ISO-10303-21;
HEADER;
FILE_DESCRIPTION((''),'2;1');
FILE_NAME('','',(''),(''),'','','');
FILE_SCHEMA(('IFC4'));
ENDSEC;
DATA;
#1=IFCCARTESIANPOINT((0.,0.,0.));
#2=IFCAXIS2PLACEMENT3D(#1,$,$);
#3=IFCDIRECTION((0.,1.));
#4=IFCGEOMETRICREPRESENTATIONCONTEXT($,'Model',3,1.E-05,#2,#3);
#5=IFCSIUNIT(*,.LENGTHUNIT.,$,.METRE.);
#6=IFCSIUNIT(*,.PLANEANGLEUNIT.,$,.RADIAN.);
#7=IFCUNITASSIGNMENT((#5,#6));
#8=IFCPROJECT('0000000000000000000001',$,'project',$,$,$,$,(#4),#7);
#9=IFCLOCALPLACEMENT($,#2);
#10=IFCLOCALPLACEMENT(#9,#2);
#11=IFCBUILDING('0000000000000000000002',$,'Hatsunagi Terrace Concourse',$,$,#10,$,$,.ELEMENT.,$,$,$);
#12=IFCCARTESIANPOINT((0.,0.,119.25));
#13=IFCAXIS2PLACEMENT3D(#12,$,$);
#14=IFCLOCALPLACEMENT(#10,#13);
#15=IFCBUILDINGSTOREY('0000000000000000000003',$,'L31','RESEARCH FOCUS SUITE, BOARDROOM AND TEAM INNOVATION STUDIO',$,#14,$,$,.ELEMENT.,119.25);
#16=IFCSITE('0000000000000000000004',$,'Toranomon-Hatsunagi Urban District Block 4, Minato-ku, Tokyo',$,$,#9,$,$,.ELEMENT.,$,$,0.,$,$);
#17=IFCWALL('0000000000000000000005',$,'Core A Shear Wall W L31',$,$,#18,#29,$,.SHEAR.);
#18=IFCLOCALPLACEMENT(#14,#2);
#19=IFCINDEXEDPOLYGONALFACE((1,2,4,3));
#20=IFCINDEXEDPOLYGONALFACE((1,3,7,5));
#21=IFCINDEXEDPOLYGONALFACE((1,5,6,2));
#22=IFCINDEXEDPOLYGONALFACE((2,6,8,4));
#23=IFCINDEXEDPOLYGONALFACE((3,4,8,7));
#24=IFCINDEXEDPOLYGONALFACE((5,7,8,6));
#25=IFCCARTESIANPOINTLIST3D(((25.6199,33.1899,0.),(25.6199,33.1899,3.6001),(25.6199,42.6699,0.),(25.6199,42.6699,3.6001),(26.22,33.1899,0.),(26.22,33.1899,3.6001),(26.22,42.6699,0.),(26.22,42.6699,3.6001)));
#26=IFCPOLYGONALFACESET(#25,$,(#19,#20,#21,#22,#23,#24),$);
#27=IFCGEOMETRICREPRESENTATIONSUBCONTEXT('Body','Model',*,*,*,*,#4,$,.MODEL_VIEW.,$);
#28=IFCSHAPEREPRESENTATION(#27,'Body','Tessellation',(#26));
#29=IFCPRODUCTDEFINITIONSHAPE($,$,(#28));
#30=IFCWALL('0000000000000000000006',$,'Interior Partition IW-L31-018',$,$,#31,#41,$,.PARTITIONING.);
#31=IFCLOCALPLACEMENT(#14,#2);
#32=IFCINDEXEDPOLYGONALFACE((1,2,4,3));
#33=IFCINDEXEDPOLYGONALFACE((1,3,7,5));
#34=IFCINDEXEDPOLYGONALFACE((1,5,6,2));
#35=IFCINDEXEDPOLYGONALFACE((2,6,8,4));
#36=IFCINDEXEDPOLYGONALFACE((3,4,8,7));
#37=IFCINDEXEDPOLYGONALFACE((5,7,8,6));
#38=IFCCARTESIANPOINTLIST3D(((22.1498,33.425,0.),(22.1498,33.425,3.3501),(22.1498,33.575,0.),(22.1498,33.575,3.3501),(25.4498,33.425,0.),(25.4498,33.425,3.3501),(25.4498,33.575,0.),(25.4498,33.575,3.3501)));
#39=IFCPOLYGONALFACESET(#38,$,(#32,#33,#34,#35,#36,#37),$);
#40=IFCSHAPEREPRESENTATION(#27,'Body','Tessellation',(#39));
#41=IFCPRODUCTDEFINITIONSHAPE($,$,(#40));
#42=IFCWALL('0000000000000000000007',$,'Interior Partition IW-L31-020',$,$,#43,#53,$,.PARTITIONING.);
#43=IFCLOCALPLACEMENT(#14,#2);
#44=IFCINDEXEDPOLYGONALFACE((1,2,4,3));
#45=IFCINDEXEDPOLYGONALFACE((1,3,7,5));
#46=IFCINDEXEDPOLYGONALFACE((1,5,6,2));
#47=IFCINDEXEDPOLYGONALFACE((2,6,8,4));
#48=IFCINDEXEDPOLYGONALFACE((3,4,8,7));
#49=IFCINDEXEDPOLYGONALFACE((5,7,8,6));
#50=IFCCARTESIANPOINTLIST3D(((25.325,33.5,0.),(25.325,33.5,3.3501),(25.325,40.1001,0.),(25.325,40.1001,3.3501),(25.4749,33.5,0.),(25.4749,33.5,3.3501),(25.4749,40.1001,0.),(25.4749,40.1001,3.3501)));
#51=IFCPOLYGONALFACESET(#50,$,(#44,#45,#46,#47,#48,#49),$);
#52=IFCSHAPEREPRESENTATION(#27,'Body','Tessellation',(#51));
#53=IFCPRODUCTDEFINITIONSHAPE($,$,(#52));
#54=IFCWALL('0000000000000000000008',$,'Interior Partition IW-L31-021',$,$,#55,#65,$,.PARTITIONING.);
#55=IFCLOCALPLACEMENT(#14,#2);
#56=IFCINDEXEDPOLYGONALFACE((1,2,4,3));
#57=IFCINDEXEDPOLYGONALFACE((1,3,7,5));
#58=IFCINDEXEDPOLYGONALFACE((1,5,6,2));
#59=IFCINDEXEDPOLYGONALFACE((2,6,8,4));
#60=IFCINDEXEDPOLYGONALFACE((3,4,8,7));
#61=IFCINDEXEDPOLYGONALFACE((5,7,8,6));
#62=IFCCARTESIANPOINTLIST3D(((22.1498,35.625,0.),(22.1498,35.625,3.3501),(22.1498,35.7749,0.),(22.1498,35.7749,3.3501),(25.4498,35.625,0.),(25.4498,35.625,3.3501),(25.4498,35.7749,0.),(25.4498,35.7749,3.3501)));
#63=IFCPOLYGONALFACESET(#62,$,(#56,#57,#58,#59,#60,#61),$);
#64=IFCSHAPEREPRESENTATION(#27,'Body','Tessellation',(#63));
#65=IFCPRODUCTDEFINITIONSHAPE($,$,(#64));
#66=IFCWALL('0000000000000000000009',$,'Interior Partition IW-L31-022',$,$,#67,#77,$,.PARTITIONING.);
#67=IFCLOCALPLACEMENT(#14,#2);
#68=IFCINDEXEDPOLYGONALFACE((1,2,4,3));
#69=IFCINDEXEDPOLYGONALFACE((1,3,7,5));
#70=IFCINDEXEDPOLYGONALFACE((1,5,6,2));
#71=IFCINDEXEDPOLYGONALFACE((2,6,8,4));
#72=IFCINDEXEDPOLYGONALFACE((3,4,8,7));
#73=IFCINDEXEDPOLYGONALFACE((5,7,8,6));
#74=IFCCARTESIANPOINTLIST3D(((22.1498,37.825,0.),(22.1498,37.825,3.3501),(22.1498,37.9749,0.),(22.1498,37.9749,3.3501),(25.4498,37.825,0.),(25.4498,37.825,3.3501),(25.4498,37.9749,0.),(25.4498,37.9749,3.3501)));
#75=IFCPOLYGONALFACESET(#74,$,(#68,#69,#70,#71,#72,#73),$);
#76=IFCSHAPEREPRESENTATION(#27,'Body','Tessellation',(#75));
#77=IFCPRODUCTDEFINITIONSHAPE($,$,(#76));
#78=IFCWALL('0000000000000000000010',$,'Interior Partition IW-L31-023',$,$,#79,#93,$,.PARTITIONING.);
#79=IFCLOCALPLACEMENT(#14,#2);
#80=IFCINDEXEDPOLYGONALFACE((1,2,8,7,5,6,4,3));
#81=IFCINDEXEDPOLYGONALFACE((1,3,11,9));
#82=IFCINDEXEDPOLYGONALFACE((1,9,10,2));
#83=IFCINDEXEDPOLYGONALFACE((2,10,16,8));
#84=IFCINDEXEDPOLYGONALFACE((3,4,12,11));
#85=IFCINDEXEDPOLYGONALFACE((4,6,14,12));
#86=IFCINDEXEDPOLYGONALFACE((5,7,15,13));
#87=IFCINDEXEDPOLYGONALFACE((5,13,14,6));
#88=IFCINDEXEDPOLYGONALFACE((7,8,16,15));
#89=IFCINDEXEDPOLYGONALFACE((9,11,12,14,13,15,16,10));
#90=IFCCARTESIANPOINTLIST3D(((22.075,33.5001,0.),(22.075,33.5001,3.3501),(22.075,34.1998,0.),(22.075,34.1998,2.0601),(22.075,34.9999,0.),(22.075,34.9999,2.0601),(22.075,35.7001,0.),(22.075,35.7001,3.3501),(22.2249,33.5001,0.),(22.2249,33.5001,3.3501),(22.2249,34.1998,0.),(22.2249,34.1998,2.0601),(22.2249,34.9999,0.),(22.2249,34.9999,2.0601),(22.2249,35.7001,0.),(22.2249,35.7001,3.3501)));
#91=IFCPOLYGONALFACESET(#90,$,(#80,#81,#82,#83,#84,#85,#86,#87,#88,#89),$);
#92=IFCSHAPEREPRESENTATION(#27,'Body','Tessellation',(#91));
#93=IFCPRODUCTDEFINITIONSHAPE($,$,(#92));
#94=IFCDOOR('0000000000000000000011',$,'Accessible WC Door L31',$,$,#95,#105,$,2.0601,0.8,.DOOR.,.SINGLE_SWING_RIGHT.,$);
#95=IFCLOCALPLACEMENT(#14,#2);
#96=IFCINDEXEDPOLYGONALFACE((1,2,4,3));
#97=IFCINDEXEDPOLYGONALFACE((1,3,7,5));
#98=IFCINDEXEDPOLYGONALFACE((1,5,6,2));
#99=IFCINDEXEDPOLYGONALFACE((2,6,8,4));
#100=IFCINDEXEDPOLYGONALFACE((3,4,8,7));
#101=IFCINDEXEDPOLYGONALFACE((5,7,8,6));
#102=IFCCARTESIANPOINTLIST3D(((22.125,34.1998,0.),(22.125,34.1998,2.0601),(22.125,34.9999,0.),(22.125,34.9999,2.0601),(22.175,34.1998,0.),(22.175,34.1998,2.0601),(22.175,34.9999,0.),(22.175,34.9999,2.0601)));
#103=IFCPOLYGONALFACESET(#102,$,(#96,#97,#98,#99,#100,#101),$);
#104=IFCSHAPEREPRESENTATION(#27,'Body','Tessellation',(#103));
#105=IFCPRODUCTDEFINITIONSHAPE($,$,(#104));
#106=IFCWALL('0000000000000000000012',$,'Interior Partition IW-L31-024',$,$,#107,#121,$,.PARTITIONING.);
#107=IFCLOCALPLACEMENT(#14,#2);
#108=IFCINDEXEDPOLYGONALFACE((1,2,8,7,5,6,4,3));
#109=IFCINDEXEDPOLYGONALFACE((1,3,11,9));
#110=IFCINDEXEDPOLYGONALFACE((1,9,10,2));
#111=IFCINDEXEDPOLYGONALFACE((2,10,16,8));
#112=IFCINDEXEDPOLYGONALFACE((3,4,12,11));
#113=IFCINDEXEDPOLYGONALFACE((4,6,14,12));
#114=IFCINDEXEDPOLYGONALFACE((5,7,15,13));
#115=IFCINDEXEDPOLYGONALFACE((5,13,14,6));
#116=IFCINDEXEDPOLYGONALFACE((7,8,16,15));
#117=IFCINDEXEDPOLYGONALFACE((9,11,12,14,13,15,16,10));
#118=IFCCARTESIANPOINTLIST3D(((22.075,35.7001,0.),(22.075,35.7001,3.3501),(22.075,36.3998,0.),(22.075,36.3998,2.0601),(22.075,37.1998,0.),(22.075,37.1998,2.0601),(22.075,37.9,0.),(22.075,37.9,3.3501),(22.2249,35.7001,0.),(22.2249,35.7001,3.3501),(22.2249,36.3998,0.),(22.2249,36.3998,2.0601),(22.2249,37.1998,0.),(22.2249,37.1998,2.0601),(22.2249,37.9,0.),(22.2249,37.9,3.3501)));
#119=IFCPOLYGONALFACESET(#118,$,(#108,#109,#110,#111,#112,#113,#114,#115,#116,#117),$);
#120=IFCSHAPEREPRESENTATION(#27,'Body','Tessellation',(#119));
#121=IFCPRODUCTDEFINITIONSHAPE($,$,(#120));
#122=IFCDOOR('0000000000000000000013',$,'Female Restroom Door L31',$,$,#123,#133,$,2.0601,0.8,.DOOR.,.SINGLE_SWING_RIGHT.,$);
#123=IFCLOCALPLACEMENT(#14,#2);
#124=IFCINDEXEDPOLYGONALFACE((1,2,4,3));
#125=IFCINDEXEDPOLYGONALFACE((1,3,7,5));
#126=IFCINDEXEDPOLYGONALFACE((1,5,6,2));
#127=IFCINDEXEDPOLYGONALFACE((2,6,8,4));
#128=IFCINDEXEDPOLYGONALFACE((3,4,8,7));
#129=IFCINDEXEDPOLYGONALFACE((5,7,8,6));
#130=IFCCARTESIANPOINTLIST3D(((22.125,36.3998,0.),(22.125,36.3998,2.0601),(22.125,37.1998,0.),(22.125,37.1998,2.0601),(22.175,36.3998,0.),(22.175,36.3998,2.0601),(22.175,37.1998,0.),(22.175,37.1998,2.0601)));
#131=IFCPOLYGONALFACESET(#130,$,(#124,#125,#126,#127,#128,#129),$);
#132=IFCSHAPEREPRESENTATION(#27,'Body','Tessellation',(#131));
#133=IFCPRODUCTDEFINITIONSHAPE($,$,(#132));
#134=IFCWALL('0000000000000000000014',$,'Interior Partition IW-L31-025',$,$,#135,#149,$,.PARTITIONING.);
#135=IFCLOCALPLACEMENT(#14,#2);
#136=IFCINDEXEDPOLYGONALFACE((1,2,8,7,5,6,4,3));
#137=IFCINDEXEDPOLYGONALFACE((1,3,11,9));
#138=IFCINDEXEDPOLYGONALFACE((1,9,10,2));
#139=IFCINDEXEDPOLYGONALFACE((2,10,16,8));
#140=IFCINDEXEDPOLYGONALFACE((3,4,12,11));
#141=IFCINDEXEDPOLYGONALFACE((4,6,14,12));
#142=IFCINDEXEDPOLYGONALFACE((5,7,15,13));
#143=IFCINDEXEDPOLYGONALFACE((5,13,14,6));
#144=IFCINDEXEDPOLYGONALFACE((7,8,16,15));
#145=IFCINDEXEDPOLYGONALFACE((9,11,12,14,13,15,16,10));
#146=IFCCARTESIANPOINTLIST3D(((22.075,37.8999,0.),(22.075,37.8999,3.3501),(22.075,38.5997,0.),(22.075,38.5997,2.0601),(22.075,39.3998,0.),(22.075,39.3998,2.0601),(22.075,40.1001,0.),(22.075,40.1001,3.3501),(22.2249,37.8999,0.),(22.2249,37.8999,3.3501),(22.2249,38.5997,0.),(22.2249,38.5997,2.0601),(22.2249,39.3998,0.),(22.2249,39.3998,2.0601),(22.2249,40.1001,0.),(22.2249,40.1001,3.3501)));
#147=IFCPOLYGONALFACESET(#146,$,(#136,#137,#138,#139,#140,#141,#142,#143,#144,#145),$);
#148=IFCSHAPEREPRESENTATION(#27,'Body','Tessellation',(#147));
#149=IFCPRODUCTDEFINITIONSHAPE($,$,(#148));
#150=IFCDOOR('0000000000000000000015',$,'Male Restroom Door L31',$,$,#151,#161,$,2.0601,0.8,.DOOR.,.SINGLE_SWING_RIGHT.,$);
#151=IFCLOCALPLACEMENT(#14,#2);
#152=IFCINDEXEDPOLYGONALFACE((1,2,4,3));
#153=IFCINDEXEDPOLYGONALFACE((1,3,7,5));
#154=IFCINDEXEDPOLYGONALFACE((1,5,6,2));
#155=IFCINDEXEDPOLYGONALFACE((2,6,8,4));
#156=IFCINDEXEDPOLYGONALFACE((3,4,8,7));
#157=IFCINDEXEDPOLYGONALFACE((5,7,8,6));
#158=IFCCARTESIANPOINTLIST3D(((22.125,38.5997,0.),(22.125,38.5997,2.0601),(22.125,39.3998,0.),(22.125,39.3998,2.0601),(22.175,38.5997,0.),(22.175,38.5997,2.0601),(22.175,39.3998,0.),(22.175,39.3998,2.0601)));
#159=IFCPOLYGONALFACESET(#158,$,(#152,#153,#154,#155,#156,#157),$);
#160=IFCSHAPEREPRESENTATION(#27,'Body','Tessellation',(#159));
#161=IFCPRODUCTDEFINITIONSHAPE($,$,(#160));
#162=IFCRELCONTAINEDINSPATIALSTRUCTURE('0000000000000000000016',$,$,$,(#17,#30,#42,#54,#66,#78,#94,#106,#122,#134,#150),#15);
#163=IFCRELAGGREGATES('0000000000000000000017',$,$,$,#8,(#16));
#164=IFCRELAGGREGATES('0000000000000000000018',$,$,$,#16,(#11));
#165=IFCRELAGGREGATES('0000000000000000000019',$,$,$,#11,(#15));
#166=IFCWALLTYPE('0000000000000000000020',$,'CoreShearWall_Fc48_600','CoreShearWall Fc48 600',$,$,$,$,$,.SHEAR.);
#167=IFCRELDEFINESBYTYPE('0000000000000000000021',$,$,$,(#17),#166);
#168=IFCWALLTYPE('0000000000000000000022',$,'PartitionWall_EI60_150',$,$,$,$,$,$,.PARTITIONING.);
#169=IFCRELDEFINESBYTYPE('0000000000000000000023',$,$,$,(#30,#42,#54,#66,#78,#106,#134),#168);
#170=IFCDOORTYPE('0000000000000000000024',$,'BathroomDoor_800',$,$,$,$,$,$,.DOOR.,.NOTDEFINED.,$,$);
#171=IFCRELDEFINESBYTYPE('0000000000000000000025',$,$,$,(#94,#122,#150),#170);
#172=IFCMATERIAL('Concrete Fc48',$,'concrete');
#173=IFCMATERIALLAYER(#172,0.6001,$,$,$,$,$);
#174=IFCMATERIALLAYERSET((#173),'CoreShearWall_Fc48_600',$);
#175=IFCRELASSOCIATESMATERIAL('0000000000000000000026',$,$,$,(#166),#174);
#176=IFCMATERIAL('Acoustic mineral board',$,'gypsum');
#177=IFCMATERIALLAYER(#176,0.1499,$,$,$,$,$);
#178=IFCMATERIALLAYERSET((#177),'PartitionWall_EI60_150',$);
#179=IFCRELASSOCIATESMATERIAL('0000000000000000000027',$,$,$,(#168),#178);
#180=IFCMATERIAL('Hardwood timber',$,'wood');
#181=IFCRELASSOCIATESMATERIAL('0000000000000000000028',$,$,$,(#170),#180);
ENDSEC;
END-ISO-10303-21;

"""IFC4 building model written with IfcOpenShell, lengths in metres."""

from ifc_helpers import new_model, si_unit, direction, frame, frame_2d, origin, place, context, subcontext, project, spatial, rectangle, extrude, material, layer, layer_set, type_object, element, fill, save


model = new_model("IFC4")

# Units and contexts
model_context = context("Model", 3, precision=1e-05, world=origin(), true_north=direction((0.0, 1.0)))
body_context = subcontext(model_context, "Body", "Model", "MODEL_VIEW")
ifc_project = project(units=[si_unit("LENGTHUNIT", "METRE"), si_unit("PLANEANGLEUNIT", "RADIAN")], contexts=[model_context])

# Site, building, storey
site_placement = place(None, origin())
site = spatial("IfcSite", under=ifc_project, at=site_placement, Name="Toranomon-Hatsunagi Urban District Block 4, Minato-ku, Tokyo", CompositionType="ELEMENT", RefElevation=0.0)
building_placement = place(site_placement, origin())
building = spatial("IfcBuilding", under=site, at=building_placement, Name="Hatsunagi Terrace Concourse", CompositionType="ELEMENT")
storey_placement = place(building_placement, frame((0.0, 0.0, 119.25)))
storey = spatial("IfcBuildingStorey", under=building, at=storey_placement, Name="L31", Description="RESEARCH FOCUS SUITE, BOARDROOM AND TEAM INNOVATION STUDIO", CompositionType="ELEMENT", Elevation=119.25)

# Walls
ifc_material_1 = material(Name="Concrete Fc48", Category="concrete")
ifc_layer_1 = layer(ifc_material_1, 0.6001)
ifc_layer_set_1 = layer_set([ifc_layer_1], Name="CoreShearWall_Fc48_600")
wall_type_1 = type_object("IfcWallType", Name="CoreShearWall_Fc48_600", Description="CoreShearWall Fc48 600", PredefinedType="SHEAR", material=ifc_layer_set_1)
wall_1_placement = place(storey_placement, frame((25.9199, 33.1899, 0.0), z_axis=(0.0, 0.0, 1.0), x_axis=(0.0, 1.0, 0.0)))
element("IfcWall", 1, at=wall_1_placement, inside=storey, type_object=wall_type_1, Name="Core A Shear Wall W L31", PredefinedType="SHEAR", context=body_context, shape_type="SweptSolid", body=[
    extrude(rectangle(XDim=9.48, YDim=0.6001, at=frame_2d((4.74, 0.0))), origin(), (0.0, 0.0, 1.0), 3.6001),
])
ifc_material_2 = material(Name="Acoustic mineral board", Category="gypsum")
ifc_layer_2 = layer(ifc_material_2, 0.1499)
ifc_layer_set_2 = layer_set([ifc_layer_2], Name="PartitionWall_EI60_150")
wall_type_2 = type_object("IfcWallType", Name="PartitionWall_EI60_150", PredefinedType="PARTITIONING", material=ifc_layer_set_2)
wall_2_placement = place(storey_placement, frame((22.1499, 33.5, 0.0), z_axis=(0.0, 0.0, 1.0), x_axis=(1.0, 0.0, 0.0)))
element("IfcWall", 2, at=wall_2_placement, inside=storey, type_object=wall_type_2, Name="Interior Partition IW-L31-018", PredefinedType="PARTITIONING", context=body_context, shape_type="SweptSolid", body=[
    extrude(rectangle(XDim=3.3, YDim=0.1499, at=frame_2d((1.6499, 0.0))), origin(), (0.0, 0.0, 1.0), 3.3501),
])
wall_3_placement = place(storey_placement, frame((25.3999, 33.5, 0.0), z_axis=(0.0, 0.0, 1.0), x_axis=(0.0, 1.0, 0.0)))
element("IfcWall", 3, at=wall_3_placement, inside=storey, type_object=wall_type_2, Name="Interior Partition IW-L31-020", PredefinedType="PARTITIONING", context=body_context, shape_type="SweptSolid", body=[
    extrude(rectangle(XDim=6.6001, YDim=0.1499, at=frame_2d((3.3, 0.0))), origin(), (0.0, 0.0, 1.0), 3.3501),
])
for number, where, z_axis, x_axis, name in (
    (4, (22.1499, 35.7, 0.0), (0.0, 0.0, 1.0), (1.0, 0.0, 0.0), "Interior Partition IW-L31-021"),
    (5, (22.1499, 37.8999, 0.0), (0.0, 0.0, 1.0), (1.0, 0.0, 0.0), "Interior Partition IW-L31-022"),
):
    element("IfcWall", number, at=place(storey_placement, frame(where, z_axis=z_axis, x_axis=x_axis)), inside=storey, type_object=wall_type_2, Name=name, PredefinedType="PARTITIONING", context=body_context, shape_type="SweptSolid", body=[
        extrude(rectangle(XDim=3.3, YDim=0.1499, at=frame_2d((1.6499, 0.0))), origin(), (0.0, 0.0, 1.0), 3.3501),
    ])

# Walls, openings, doors
wall_4_placement = place(storey_placement, frame((22.1499, 33.5, 0.0), z_axis=(0.0, 0.0, 1.0), x_axis=(0.0, 1.0, 0.0)))
wall_4 = element("IfcWall", 6, at=wall_4_placement, inside=storey, type_object=wall_type_2, Name="Interior Partition IW-L31-023", PredefinedType="PARTITIONING", context=body_context, shape_type="SweptSolid", body=[
    extrude(rectangle(XDim=2.2, YDim=0.1499, at=frame_2d((1.1001, 0.0))), origin(), (0.0, 0.0, 1.0), 3.3501),
])
opening_1_placement = place(wall_4_placement, frame((0.7, 0.0, 0.0)))
opening_1 = element("IfcOpeningElement", 7, at=opening_1_placement, cuts=wall_4, PredefinedType="OPENING", context=body_context, shape_type="SweptSolid", body=[
    extrude(rectangle(XDim=0.8, YDim=2.0601, at=frame_2d((0.3999, 1.03))), frame((0.0, 0.085, 0.0), z_axis=(0.0, -1.0, 0.0), x_axis=(1.0, 0.0, 0.0)), (0.0, 0.0, 1.0), 0.1699),
])
ifc_material_3 = material(Name="Hardwood timber", Category="wood")
door_type = type_object("IfcDoorType", Name="BathroomDoor_800", OperationType="NOTDEFINED", PredefinedType="DOOR", material=ifc_material_3)
door_1_placement = place(opening_1_placement, origin())
door_1 = element("IfcDoor", 8, at=door_1_placement, inside=storey, type_object=door_type, Name="Accessible WC Door L31", OperationType="SINGLE_SWING_RIGHT", OverallHeight=2.0601, OverallWidth=0.8, PredefinedType="DOOR", context=body_context, shape_type="SweptSolid", body=[
    extrude(rectangle(XDim=0.8, YDim=2.0601, at=frame_2d((0.3999, 1.03))), frame((0.0, 0.0249, 0.0), z_axis=(0.0, -1.0, 0.0), x_axis=(1.0, 0.0, 0.0)), (0.0, 0.0, 1.0), 0.05),
])
fill(opening_1, door_1)
wall_5_placement = place(storey_placement, frame((22.1499, 35.7, 0.0), z_axis=(0.0, 0.0, 1.0), x_axis=(0.0, 1.0, 0.0)))
wall_5 = element("IfcWall", 9, at=wall_5_placement, inside=storey, type_object=wall_type_2, Name="Interior Partition IW-L31-024", PredefinedType="PARTITIONING", context=body_context, shape_type="SweptSolid", body=[
    extrude(rectangle(XDim=2.2, YDim=0.1499, at=frame_2d((1.1001, 0.0))), origin(), (0.0, 0.0, 1.0), 3.3501),
])
opening_2_placement = place(wall_5_placement, frame((0.7, 0.0, 0.0)))
opening_2 = element("IfcOpeningElement", 10, at=opening_2_placement, cuts=wall_5, PredefinedType="OPENING", context=body_context, shape_type="SweptSolid", body=[
    extrude(rectangle(XDim=0.8, YDim=2.0601, at=frame_2d((0.3999, 1.03))), frame((0.0, 0.085, 0.0), z_axis=(0.0, -1.0, 0.0), x_axis=(1.0, 0.0, 0.0)), (0.0, 0.0, 1.0), 0.1699),
])
door_2_placement = place(opening_2_placement, origin())
door_2 = element("IfcDoor", 11, at=door_2_placement, inside=storey, type_object=door_type, Name="Female Restroom Door L31", OperationType="SINGLE_SWING_RIGHT", OverallHeight=2.0601, OverallWidth=0.8, PredefinedType="DOOR", context=body_context, shape_type="SweptSolid", body=[
    extrude(rectangle(XDim=0.8, YDim=2.0601, at=frame_2d((0.3999, 1.03))), frame((0.0, 0.0249, 0.0), z_axis=(0.0, -1.0, 0.0), x_axis=(1.0, 0.0, 0.0)), (0.0, 0.0, 1.0), 0.05),
])
fill(opening_2, door_2)
wall_6_placement = place(storey_placement, frame((22.1499, 37.8999, 0.0), z_axis=(0.0, 0.0, 1.0), x_axis=(0.0, 1.0, 0.0)))
wall_6 = element("IfcWall", 12, at=wall_6_placement, inside=storey, type_object=wall_type_2, Name="Interior Partition IW-L31-025", PredefinedType="PARTITIONING", context=body_context, shape_type="SweptSolid", body=[
    extrude(rectangle(XDim=2.2002, YDim=0.1499, at=frame_2d((1.1001, 0.0))), origin(), (0.0, 0.0, 1.0), 3.3501),
])
opening_3_placement = place(wall_6_placement, frame((0.7, 0.0, 0.0)))
opening_3 = element("IfcOpeningElement", 13, at=opening_3_placement, cuts=wall_6, PredefinedType="OPENING", context=body_context, shape_type="SweptSolid", body=[
    extrude(rectangle(XDim=0.8, YDim=2.0601, at=frame_2d((0.3999, 1.03))), frame((0.0, 0.085, 0.0), z_axis=(0.0, -1.0, 0.0), x_axis=(1.0, 0.0, 0.0)), (0.0, 0.0, 1.0), 0.1699),
])
door_3_placement = place(opening_3_placement, origin())
door_3 = element("IfcDoor", 14, at=door_3_placement, inside=storey, type_object=door_type, Name="Male Restroom Door L31", OperationType="SINGLE_SWING_RIGHT", OverallHeight=2.0601, OverallWidth=0.8, PredefinedType="DOOR", context=body_context, shape_type="SweptSolid", body=[
    extrude(rectangle(XDim=0.8, YDim=2.0601, at=frame_2d((0.3999, 1.03))), frame((0.0, 0.0249, 0.0), z_axis=(0.0, -1.0, 0.0), x_axis=(1.0, 0.0, 0.0)), (0.0, 0.0, 1.0), 0.05),
])
fill(opening_3, door_3)

save(model, "model.ifc")
